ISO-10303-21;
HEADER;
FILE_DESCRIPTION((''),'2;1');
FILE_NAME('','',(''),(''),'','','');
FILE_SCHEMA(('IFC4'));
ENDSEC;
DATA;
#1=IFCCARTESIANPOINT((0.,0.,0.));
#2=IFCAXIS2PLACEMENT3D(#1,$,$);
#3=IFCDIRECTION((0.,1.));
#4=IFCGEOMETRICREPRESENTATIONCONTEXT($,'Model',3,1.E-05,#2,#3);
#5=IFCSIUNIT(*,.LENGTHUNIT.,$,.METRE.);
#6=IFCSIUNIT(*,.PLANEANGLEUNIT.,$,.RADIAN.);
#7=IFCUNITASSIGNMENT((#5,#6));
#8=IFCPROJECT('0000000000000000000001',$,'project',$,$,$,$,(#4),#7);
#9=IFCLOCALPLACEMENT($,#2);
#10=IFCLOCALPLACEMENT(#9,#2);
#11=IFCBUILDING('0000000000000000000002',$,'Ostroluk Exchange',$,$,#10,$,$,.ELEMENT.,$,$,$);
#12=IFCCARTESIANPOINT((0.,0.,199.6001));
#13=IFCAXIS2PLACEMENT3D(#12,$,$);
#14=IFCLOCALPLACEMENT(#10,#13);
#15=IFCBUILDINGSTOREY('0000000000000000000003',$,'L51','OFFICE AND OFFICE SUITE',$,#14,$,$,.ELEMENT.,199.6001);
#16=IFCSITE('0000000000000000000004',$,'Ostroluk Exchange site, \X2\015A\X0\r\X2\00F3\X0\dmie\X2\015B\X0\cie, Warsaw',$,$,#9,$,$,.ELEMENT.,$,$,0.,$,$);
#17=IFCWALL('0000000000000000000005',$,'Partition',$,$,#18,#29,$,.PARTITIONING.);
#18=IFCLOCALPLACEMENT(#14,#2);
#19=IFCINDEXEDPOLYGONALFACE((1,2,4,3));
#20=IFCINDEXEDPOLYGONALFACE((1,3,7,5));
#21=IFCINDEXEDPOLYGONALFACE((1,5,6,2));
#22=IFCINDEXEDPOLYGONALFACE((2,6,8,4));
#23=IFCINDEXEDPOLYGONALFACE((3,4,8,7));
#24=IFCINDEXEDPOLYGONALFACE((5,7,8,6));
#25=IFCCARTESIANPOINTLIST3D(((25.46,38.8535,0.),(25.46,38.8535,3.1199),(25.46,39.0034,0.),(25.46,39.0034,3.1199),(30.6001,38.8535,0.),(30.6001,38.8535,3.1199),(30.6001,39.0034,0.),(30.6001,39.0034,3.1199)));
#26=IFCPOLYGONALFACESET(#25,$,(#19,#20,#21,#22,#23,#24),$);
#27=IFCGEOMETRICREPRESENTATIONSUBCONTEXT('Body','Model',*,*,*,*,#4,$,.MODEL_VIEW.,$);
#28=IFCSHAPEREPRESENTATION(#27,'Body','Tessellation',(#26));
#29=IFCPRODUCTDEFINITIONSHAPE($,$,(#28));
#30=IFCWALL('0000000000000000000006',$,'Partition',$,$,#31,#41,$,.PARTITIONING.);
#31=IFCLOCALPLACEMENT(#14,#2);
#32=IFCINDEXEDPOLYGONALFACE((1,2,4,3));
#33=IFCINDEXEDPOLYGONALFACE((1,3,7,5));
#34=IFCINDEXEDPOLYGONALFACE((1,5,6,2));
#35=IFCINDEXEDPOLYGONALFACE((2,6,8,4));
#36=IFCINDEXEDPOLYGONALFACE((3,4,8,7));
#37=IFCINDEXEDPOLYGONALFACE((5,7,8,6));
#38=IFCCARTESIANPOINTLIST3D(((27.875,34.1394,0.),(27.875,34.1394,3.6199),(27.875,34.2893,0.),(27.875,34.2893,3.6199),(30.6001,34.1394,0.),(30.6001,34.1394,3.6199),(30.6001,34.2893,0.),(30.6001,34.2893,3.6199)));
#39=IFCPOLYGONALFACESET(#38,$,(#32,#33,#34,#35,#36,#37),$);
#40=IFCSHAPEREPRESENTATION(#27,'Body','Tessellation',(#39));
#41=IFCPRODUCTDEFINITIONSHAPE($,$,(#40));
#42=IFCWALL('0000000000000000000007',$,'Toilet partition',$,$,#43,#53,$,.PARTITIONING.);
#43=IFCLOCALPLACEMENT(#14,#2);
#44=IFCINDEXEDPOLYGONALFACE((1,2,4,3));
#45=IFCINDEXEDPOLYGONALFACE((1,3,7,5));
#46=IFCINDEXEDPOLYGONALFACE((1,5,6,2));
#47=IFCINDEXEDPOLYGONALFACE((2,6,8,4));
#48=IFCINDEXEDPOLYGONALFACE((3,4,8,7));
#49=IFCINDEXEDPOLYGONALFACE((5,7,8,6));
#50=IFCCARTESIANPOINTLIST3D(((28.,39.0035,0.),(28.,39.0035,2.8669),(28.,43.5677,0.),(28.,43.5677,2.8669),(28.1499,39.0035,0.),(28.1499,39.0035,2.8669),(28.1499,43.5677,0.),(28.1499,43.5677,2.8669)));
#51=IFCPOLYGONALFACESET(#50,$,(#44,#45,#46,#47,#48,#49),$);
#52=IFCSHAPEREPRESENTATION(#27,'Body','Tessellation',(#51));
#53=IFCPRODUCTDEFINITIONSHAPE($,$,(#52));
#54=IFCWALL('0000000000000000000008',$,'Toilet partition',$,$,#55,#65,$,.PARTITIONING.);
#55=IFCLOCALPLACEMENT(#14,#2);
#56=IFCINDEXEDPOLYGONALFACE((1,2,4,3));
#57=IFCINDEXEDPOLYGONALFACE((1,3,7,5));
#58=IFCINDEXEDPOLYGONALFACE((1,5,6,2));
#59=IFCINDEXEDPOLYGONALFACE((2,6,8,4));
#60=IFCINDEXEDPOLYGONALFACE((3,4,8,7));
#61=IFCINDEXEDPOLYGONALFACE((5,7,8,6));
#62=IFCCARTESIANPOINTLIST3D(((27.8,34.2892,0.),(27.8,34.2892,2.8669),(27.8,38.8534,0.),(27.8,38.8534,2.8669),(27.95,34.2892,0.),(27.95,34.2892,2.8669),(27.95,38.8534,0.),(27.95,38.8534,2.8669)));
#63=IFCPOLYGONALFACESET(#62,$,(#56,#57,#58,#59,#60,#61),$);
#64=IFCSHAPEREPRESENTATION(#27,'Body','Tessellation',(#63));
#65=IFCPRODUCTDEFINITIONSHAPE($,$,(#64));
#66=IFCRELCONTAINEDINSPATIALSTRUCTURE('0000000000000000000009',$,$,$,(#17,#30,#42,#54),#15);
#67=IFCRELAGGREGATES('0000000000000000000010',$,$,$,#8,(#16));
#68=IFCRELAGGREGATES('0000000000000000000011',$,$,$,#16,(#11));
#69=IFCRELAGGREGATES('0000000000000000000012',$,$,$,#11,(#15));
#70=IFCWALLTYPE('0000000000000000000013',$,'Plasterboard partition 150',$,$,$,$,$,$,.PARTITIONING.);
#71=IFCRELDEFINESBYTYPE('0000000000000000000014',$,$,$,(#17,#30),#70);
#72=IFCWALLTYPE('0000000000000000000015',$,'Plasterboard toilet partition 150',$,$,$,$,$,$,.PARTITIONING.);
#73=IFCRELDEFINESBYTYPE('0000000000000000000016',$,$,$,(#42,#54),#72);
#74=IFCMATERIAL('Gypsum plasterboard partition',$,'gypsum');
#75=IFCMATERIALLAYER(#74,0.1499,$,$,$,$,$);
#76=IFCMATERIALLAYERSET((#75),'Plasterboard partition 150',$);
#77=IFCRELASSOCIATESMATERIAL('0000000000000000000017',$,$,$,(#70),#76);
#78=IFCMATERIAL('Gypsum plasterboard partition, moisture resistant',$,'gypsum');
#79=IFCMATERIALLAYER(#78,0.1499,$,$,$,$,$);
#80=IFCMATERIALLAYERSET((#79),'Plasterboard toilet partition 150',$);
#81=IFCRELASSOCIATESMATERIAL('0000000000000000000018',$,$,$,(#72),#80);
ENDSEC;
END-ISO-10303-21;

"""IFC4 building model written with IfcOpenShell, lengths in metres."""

from ifc_helpers import new_model, si_unit, direction, frame, frame_2d, origin, place, context, subcontext, project, spatial, rectangle, extrude, material, layer, layer_set, type_object, element, save


model = new_model("IFC4")

# Units and contexts
model_context = context("Model", 3, precision=1e-05, world=origin(), true_north=direction((0.0, 1.0)))
body_context = subcontext(model_context, "Body", "Model", "MODEL_VIEW")
ifc_project = project(units=[si_unit("LENGTHUNIT", "METRE"), si_unit("PLANEANGLEUNIT", "RADIAN")], contexts=[model_context])

# Site, building, storey
site_placement = place(None, origin())
site = spatial("IfcSite", under=ifc_project, at=site_placement, Name="Ostroluk Exchange site, Śródmieście, Warsaw", CompositionType="ELEMENT", RefElevation=0.0)
building_placement = place(site_placement, origin())
building = spatial("IfcBuilding", under=site, at=building_placement, Name="Ostroluk Exchange", CompositionType="ELEMENT")
storey_placement = place(building_placement, frame((0.0, 0.0, 199.6001)))
storey = spatial("IfcBuildingStorey", under=building, at=storey_placement, Name="L51", Description="OFFICE AND OFFICE SUITE", CompositionType="ELEMENT", Elevation=199.6001)

# Walls
ifc_material_1 = material(Name="Gypsum plasterboard partition", Category="gypsum")
ifc_layer_1 = layer(ifc_material_1, 0.1499)
ifc_layer_set_1 = layer_set([ifc_layer_1], Name="Plasterboard partition 150")
wall_type_1 = type_object("IfcWallType", Name="Plasterboard partition 150", PredefinedType="PARTITIONING", material=ifc_layer_set_1)
wall_1_placement = place(storey_placement, frame((30.6001, 38.9285, 0.0), z_axis=(0.0, 0.0, 1.0), x_axis=(-1.0, 0.0, 0.0)))
element("IfcWall", 1, at=wall_1_placement, inside=storey, type_object=wall_type_1, Name="Partition", PredefinedType="PARTITIONING", context=body_context, shape_type="SweptSolid", body=[
    extrude(rectangle(XDim=5.1401, YDim=0.1499, at=frame_2d((2.5701, 0.0))), origin(), (0.0, 0.0, 1.0), 3.1199),
])
wall_2_placement = place(storey_placement, frame((30.6001, 34.2144, 0.0), z_axis=(0.0, 0.0, 1.0), x_axis=(-1.0, 0.0, 0.0)))
element("IfcWall", 2, at=wall_2_placement, inside=storey, type_object=wall_type_1, Name="Partition", PredefinedType="PARTITIONING", context=body_context, shape_type="SweptSolid", body=[
    extrude(rectangle(XDim=2.7251, YDim=0.1499, at=frame_2d((1.3625, 0.0))), origin(), (0.0, 0.0, 1.0), 3.6199),
])
ifc_material_2 = material(Name="Gypsum plasterboard partition, moisture resistant", Category="gypsum")
ifc_layer_2 = layer(ifc_material_2, 0.1499)
ifc_layer_set_2 = layer_set([ifc_layer_2], Name="Plasterboard toilet partition 150")
wall_type_2 = type_object("IfcWallType", Name="Plasterboard toilet partition 150", PredefinedType="PARTITIONING", material=ifc_layer_set_2)
for number, where, z_axis, x_axis, name in (
    (3, (28.075, 43.5679, 0.0), (0.0, 0.0, 1.0), (0.0, -1.0, 0.0), "Toilet partition"),
    (4, (27.875, 38.8535, 0.0), (0.0, 0.0, 1.0), (0.0, -1.0, 0.0), "Toilet partition"),
):
    element("IfcWall", number, at=place(storey_placement, frame(where, z_axis=z_axis, x_axis=x_axis)), inside=storey, type_object=wall_type_2, Name=name, PredefinedType="PARTITIONING", context=body_context, shape_type="SweptSolid", body=[
        extrude(rectangle(XDim=4.5642, YDim=0.1499, at=frame_2d((2.2822, 0.0))), origin(), (0.0, 0.0, 1.0), 2.8669),
    ])

save(model, "model.ifc")
